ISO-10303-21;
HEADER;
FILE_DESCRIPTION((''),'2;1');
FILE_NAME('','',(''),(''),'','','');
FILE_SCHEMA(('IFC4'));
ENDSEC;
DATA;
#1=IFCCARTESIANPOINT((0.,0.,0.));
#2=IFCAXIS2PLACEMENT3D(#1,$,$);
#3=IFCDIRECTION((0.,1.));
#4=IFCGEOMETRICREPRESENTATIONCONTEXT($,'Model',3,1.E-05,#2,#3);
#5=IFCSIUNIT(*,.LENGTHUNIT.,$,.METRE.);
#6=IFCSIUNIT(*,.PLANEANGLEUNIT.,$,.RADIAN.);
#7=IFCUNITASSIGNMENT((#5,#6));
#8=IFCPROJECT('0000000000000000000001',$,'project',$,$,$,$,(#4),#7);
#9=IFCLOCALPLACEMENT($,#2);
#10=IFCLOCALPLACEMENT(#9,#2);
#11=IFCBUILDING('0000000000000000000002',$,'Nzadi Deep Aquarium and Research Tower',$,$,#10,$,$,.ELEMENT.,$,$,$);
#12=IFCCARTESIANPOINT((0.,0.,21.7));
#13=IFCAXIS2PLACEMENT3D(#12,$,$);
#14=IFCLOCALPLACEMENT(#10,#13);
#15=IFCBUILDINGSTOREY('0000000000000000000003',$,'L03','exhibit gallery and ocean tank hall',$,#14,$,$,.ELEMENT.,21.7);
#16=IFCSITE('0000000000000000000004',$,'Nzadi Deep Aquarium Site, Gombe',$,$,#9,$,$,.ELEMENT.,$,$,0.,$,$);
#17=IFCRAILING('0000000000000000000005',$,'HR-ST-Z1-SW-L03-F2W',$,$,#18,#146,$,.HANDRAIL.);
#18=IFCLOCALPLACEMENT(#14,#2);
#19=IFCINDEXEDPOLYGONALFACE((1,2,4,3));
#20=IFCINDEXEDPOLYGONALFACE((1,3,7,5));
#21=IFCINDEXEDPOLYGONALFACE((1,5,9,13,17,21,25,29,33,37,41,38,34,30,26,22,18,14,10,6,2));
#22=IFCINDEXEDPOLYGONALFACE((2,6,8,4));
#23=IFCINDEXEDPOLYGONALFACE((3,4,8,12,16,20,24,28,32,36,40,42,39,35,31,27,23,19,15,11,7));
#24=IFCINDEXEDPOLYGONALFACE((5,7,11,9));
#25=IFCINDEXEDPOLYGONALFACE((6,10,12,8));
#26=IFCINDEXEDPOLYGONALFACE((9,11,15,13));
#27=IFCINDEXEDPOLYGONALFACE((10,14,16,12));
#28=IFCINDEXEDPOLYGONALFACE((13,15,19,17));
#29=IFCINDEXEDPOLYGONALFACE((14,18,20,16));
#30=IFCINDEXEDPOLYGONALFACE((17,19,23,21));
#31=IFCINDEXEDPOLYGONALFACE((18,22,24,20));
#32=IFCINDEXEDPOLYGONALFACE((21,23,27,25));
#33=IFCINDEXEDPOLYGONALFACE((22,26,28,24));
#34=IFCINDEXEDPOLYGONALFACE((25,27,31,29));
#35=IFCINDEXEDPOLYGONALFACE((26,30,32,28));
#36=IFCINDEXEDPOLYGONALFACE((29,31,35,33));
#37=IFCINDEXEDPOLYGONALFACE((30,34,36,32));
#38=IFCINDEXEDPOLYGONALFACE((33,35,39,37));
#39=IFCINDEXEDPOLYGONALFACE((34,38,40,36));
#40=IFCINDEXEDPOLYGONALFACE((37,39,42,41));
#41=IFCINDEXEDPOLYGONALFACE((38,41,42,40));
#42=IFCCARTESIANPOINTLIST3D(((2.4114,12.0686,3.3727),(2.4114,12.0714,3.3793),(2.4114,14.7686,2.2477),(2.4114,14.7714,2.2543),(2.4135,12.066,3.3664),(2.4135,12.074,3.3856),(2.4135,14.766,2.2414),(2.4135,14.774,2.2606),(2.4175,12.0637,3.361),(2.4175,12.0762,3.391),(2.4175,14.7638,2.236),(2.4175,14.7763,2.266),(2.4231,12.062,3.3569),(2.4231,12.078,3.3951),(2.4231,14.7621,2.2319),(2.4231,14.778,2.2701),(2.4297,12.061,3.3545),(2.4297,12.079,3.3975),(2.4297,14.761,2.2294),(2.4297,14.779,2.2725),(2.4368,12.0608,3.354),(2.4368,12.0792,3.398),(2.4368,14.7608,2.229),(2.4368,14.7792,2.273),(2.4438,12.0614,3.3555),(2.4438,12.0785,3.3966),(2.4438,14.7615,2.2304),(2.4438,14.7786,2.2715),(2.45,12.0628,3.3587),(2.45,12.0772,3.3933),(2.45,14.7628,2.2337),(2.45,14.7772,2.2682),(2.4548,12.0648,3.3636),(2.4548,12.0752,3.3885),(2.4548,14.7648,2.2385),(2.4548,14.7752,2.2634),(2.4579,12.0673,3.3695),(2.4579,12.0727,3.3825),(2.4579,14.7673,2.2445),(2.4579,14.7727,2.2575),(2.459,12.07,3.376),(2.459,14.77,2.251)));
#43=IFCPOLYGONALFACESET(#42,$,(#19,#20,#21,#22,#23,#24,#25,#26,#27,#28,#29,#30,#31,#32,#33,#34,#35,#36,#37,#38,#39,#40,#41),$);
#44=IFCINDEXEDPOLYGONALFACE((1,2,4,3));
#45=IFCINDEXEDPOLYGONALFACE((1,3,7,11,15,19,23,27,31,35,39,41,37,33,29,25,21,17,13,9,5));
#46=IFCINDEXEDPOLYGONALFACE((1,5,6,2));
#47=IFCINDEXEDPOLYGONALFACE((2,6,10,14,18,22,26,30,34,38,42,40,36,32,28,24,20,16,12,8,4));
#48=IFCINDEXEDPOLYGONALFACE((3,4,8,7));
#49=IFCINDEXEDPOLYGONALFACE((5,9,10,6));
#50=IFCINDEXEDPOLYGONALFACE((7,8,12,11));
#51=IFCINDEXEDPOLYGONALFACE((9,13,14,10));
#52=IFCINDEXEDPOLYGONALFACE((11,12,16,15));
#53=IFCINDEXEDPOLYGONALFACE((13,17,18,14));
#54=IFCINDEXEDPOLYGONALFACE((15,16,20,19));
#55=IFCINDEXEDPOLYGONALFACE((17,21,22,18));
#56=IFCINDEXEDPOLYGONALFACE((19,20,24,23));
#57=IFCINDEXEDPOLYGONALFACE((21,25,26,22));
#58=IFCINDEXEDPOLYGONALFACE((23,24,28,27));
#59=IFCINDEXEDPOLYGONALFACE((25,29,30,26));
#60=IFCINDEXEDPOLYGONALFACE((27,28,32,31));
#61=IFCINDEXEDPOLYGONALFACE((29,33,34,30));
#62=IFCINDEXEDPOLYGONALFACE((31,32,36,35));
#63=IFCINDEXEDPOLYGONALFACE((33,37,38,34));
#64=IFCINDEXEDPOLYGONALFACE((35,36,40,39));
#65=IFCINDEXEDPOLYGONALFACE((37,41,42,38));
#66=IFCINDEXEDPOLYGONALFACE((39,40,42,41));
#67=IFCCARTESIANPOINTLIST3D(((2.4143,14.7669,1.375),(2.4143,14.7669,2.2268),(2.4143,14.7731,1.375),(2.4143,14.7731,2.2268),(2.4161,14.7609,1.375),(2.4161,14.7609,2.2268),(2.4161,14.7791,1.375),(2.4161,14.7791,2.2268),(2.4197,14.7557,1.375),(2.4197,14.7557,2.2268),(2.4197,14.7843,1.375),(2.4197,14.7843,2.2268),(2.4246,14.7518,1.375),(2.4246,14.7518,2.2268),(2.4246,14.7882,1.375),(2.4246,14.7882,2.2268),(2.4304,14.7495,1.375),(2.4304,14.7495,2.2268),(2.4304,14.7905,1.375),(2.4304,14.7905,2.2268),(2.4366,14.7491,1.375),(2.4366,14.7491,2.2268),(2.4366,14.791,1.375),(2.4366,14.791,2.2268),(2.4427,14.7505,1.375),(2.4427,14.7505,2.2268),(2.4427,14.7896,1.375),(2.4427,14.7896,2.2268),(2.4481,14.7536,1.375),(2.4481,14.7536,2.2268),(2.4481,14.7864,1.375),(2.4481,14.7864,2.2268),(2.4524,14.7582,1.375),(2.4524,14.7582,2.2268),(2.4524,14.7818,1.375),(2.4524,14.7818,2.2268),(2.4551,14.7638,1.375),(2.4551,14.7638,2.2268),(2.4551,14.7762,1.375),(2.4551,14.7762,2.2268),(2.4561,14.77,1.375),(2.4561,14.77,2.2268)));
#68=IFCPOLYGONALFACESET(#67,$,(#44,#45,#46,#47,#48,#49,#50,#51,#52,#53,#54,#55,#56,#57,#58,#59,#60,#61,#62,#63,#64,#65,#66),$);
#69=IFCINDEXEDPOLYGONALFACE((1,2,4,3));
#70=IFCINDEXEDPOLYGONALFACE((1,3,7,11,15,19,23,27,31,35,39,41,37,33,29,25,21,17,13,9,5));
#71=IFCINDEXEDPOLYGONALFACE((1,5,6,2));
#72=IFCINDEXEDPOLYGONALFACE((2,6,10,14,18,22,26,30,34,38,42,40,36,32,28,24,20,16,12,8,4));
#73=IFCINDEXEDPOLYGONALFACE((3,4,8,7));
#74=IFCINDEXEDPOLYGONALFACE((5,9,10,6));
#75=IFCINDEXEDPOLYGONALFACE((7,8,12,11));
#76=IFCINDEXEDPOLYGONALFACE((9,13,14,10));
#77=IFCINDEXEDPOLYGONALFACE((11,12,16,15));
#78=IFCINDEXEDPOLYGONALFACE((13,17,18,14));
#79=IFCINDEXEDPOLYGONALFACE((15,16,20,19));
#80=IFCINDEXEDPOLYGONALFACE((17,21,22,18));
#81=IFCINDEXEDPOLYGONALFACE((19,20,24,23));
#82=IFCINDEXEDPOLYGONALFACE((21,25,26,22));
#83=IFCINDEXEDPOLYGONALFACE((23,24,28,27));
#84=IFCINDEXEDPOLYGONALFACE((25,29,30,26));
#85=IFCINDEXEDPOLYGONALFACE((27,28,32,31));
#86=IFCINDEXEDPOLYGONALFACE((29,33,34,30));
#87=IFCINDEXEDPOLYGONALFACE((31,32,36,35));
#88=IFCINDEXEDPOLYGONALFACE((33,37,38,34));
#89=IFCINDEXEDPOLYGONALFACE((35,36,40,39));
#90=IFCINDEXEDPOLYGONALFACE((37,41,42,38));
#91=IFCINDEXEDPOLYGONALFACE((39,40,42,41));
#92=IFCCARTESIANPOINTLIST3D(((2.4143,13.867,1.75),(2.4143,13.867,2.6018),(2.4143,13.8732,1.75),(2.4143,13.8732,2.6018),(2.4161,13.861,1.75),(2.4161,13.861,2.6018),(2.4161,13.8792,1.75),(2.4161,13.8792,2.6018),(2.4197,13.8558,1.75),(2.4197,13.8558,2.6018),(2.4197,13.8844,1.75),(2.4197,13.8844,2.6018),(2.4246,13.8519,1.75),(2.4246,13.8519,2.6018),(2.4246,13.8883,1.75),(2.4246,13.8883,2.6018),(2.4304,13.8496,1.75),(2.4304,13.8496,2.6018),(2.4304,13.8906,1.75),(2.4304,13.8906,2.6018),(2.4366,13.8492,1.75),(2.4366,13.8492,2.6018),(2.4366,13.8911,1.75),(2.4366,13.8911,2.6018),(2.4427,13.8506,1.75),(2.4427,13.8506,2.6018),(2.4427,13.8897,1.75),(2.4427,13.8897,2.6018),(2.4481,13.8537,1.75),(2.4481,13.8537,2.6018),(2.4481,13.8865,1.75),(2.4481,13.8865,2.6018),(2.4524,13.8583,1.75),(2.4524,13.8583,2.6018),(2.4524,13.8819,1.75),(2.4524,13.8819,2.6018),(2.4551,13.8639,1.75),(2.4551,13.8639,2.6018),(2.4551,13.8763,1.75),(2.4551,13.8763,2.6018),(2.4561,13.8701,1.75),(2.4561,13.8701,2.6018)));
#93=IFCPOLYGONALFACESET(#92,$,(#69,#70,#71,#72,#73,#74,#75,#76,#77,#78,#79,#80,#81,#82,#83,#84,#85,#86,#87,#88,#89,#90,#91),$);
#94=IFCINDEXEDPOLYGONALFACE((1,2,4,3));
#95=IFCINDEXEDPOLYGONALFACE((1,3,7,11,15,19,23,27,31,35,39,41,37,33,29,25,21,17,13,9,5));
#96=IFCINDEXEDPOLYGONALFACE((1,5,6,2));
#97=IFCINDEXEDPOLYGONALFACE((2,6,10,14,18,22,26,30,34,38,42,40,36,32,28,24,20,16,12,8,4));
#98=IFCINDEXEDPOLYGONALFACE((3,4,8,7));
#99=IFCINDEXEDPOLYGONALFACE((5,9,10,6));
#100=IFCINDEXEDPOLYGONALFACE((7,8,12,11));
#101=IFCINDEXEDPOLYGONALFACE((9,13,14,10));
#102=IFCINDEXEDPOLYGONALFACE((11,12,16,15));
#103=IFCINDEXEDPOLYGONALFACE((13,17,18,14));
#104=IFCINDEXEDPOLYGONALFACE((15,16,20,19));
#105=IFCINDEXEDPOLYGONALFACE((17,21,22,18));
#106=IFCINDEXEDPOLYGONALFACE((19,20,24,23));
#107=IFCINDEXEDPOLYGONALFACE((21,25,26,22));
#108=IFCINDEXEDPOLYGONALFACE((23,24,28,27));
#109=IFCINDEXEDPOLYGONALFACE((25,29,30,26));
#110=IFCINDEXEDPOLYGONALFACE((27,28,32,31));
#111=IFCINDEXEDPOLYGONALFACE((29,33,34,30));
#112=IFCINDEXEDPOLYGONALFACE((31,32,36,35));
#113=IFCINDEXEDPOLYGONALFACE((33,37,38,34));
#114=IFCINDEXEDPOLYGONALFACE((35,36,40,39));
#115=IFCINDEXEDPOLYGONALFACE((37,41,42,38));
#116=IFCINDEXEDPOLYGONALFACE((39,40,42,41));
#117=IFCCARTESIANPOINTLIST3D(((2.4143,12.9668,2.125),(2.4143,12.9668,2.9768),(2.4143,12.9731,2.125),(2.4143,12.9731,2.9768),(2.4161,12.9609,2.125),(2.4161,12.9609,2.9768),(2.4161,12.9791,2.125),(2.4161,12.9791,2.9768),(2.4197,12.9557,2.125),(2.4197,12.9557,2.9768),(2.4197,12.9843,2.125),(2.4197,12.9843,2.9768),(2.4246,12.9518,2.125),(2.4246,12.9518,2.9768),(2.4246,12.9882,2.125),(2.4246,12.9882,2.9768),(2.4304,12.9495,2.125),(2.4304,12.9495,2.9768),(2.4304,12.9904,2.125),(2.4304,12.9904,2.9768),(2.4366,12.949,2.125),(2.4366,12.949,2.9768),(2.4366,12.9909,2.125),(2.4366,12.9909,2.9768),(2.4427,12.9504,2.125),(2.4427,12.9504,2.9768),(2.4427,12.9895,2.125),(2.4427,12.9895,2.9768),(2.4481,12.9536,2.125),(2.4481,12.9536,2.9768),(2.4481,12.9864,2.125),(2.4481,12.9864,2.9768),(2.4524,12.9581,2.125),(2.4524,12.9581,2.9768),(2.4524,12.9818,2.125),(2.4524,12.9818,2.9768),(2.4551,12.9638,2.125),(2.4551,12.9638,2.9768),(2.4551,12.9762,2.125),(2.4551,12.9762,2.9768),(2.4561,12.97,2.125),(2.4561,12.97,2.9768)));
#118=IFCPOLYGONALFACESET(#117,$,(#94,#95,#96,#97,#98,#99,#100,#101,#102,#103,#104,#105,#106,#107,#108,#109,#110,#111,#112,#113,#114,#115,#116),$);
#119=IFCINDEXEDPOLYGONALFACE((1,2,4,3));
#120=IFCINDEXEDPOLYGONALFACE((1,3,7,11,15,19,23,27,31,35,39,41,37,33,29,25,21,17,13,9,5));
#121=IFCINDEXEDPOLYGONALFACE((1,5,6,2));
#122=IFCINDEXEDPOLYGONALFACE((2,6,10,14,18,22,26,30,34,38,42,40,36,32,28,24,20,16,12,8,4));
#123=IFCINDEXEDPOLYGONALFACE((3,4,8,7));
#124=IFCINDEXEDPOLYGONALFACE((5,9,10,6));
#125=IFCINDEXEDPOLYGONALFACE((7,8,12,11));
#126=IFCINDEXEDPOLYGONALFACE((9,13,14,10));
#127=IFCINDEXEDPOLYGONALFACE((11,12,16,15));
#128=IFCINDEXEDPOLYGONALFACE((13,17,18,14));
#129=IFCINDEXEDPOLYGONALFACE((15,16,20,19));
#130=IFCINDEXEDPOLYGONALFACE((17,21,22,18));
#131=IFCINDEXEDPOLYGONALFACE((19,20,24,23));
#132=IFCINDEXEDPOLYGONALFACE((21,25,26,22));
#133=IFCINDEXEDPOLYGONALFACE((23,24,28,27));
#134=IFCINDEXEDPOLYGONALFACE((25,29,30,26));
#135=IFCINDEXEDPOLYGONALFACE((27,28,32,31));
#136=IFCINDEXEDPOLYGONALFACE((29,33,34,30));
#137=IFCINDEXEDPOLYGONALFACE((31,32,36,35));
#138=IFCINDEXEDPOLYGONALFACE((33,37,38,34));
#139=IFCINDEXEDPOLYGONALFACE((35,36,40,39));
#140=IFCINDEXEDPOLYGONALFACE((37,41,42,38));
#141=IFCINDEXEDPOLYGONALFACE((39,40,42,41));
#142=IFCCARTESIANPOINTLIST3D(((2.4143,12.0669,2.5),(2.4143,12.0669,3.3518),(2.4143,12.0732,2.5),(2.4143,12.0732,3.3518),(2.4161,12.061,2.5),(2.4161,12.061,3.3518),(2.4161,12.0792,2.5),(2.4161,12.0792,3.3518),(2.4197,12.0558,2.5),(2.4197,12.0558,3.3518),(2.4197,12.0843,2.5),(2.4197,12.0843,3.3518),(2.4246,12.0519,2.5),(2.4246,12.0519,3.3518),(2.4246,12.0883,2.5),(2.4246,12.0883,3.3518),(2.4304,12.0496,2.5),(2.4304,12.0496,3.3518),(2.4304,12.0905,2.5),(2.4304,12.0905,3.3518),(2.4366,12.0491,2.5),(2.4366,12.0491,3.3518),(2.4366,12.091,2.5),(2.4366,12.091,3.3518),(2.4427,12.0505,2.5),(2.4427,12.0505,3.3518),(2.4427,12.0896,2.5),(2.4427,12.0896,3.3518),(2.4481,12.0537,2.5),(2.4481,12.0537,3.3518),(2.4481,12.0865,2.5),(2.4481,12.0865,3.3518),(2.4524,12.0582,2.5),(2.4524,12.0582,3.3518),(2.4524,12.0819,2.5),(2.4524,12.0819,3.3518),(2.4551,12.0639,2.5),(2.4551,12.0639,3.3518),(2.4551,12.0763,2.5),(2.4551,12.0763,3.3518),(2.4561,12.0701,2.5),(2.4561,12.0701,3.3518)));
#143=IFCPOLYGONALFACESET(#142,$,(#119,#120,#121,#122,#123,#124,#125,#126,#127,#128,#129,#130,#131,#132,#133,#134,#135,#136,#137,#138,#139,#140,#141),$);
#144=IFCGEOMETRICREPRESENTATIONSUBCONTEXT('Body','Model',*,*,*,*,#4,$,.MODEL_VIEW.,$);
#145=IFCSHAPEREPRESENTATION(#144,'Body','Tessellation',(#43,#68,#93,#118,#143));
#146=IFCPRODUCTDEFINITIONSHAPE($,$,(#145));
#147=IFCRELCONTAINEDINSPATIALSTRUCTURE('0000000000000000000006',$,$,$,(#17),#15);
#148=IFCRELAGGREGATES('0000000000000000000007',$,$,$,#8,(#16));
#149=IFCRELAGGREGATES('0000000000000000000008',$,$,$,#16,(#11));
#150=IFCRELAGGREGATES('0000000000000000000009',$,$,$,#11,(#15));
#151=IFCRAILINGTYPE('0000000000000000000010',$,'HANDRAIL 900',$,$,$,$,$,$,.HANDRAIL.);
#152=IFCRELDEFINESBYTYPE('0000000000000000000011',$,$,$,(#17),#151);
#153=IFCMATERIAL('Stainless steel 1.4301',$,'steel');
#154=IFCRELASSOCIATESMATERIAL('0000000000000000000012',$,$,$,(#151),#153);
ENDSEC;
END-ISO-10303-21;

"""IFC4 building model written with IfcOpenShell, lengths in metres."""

from ifc_helpers import new_model, si_unit, direction, frame, origin, origin_2d, place, context, subcontext, project, spatial, circle, extrude, material, type_object, element, save


model = new_model("IFC4")

# Units and contexts
model_context = context("Model", 3, precision=1e-05, world=origin(), true_north=direction((0.0, 1.0)))
body_context = subcontext(model_context, "Body", "Model", "MODEL_VIEW")
ifc_project = project(units=[si_unit("LENGTHUNIT", "METRE"), si_unit("PLANEANGLEUNIT", "RADIAN")], contexts=[model_context])

# Site, building, storey
site_placement = place(None, origin())
site = spatial("IfcSite", under=ifc_project, at=site_placement, Name="Nzadi Deep Aquarium Site, Gombe", CompositionType="ELEMENT", RefElevation=0.0)
building_placement = place(site_placement, origin())
building = spatial("IfcBuilding", under=site, at=building_placement, Name="Nzadi Deep Aquarium and Research Tower", CompositionType="ELEMENT")
storey_placement = place(building_placement, frame((0.0, 0.0, 21.7)))
storey = spatial("IfcBuildingStorey", under=building, at=storey_placement, Name="L03", Description="exhibit gallery and ocean tank hall", CompositionType="ELEMENT", Elevation=21.7)

# Railing
ifc_material_1 = material(Name="Stainless steel 1.4301", Category="steel")
railing_type = type_object("IfcRailingType", Name="HANDRAIL 900", PredefinedType="HANDRAIL", material=ifc_material_1)
for number, where, name in (
    (1, (2.4351, 14.77, 1.375), "HR-ST-Z1-SW-L03-F2W"),
):
    element("IfcRailing", number, at=place(storey_placement, frame(where)), inside=storey, type_object=railing_type, Name=name, PredefinedType="HANDRAIL", context=body_context, shape_type="SweptSolid", body=[
        extrude(circle(Radius=0.0239, at=origin_2d()), frame((0.0, 0.0, 0.876), z_axis=(0.0, -0.923074, 0.384621), x_axis=(1.0, 0.0, 0.0)), (0.0, 0.0, 1.0), 2.925),
        extrude(circle(Radius=0.021, at=origin_2d()), origin(), (0.0, 0.0, 1.0), 0.8518),
        extrude(circle(Radius=0.021, at=origin_2d()), frame((0.0, -0.8999, 0.375)), (0.0, 0.0, 1.0), 0.8518),
        extrude(circle(Radius=0.021, at=origin_2d()), frame((0.0, -1.8, 0.75)), (0.0, 0.0, 1.0), 0.8518),
        extrude(circle(Radius=0.021, at=origin_2d()), frame((0.0, -2.7, 1.125)), (0.0, 0.0, 1.0), 0.8518),
    ])

save(model, "model.ifc")
